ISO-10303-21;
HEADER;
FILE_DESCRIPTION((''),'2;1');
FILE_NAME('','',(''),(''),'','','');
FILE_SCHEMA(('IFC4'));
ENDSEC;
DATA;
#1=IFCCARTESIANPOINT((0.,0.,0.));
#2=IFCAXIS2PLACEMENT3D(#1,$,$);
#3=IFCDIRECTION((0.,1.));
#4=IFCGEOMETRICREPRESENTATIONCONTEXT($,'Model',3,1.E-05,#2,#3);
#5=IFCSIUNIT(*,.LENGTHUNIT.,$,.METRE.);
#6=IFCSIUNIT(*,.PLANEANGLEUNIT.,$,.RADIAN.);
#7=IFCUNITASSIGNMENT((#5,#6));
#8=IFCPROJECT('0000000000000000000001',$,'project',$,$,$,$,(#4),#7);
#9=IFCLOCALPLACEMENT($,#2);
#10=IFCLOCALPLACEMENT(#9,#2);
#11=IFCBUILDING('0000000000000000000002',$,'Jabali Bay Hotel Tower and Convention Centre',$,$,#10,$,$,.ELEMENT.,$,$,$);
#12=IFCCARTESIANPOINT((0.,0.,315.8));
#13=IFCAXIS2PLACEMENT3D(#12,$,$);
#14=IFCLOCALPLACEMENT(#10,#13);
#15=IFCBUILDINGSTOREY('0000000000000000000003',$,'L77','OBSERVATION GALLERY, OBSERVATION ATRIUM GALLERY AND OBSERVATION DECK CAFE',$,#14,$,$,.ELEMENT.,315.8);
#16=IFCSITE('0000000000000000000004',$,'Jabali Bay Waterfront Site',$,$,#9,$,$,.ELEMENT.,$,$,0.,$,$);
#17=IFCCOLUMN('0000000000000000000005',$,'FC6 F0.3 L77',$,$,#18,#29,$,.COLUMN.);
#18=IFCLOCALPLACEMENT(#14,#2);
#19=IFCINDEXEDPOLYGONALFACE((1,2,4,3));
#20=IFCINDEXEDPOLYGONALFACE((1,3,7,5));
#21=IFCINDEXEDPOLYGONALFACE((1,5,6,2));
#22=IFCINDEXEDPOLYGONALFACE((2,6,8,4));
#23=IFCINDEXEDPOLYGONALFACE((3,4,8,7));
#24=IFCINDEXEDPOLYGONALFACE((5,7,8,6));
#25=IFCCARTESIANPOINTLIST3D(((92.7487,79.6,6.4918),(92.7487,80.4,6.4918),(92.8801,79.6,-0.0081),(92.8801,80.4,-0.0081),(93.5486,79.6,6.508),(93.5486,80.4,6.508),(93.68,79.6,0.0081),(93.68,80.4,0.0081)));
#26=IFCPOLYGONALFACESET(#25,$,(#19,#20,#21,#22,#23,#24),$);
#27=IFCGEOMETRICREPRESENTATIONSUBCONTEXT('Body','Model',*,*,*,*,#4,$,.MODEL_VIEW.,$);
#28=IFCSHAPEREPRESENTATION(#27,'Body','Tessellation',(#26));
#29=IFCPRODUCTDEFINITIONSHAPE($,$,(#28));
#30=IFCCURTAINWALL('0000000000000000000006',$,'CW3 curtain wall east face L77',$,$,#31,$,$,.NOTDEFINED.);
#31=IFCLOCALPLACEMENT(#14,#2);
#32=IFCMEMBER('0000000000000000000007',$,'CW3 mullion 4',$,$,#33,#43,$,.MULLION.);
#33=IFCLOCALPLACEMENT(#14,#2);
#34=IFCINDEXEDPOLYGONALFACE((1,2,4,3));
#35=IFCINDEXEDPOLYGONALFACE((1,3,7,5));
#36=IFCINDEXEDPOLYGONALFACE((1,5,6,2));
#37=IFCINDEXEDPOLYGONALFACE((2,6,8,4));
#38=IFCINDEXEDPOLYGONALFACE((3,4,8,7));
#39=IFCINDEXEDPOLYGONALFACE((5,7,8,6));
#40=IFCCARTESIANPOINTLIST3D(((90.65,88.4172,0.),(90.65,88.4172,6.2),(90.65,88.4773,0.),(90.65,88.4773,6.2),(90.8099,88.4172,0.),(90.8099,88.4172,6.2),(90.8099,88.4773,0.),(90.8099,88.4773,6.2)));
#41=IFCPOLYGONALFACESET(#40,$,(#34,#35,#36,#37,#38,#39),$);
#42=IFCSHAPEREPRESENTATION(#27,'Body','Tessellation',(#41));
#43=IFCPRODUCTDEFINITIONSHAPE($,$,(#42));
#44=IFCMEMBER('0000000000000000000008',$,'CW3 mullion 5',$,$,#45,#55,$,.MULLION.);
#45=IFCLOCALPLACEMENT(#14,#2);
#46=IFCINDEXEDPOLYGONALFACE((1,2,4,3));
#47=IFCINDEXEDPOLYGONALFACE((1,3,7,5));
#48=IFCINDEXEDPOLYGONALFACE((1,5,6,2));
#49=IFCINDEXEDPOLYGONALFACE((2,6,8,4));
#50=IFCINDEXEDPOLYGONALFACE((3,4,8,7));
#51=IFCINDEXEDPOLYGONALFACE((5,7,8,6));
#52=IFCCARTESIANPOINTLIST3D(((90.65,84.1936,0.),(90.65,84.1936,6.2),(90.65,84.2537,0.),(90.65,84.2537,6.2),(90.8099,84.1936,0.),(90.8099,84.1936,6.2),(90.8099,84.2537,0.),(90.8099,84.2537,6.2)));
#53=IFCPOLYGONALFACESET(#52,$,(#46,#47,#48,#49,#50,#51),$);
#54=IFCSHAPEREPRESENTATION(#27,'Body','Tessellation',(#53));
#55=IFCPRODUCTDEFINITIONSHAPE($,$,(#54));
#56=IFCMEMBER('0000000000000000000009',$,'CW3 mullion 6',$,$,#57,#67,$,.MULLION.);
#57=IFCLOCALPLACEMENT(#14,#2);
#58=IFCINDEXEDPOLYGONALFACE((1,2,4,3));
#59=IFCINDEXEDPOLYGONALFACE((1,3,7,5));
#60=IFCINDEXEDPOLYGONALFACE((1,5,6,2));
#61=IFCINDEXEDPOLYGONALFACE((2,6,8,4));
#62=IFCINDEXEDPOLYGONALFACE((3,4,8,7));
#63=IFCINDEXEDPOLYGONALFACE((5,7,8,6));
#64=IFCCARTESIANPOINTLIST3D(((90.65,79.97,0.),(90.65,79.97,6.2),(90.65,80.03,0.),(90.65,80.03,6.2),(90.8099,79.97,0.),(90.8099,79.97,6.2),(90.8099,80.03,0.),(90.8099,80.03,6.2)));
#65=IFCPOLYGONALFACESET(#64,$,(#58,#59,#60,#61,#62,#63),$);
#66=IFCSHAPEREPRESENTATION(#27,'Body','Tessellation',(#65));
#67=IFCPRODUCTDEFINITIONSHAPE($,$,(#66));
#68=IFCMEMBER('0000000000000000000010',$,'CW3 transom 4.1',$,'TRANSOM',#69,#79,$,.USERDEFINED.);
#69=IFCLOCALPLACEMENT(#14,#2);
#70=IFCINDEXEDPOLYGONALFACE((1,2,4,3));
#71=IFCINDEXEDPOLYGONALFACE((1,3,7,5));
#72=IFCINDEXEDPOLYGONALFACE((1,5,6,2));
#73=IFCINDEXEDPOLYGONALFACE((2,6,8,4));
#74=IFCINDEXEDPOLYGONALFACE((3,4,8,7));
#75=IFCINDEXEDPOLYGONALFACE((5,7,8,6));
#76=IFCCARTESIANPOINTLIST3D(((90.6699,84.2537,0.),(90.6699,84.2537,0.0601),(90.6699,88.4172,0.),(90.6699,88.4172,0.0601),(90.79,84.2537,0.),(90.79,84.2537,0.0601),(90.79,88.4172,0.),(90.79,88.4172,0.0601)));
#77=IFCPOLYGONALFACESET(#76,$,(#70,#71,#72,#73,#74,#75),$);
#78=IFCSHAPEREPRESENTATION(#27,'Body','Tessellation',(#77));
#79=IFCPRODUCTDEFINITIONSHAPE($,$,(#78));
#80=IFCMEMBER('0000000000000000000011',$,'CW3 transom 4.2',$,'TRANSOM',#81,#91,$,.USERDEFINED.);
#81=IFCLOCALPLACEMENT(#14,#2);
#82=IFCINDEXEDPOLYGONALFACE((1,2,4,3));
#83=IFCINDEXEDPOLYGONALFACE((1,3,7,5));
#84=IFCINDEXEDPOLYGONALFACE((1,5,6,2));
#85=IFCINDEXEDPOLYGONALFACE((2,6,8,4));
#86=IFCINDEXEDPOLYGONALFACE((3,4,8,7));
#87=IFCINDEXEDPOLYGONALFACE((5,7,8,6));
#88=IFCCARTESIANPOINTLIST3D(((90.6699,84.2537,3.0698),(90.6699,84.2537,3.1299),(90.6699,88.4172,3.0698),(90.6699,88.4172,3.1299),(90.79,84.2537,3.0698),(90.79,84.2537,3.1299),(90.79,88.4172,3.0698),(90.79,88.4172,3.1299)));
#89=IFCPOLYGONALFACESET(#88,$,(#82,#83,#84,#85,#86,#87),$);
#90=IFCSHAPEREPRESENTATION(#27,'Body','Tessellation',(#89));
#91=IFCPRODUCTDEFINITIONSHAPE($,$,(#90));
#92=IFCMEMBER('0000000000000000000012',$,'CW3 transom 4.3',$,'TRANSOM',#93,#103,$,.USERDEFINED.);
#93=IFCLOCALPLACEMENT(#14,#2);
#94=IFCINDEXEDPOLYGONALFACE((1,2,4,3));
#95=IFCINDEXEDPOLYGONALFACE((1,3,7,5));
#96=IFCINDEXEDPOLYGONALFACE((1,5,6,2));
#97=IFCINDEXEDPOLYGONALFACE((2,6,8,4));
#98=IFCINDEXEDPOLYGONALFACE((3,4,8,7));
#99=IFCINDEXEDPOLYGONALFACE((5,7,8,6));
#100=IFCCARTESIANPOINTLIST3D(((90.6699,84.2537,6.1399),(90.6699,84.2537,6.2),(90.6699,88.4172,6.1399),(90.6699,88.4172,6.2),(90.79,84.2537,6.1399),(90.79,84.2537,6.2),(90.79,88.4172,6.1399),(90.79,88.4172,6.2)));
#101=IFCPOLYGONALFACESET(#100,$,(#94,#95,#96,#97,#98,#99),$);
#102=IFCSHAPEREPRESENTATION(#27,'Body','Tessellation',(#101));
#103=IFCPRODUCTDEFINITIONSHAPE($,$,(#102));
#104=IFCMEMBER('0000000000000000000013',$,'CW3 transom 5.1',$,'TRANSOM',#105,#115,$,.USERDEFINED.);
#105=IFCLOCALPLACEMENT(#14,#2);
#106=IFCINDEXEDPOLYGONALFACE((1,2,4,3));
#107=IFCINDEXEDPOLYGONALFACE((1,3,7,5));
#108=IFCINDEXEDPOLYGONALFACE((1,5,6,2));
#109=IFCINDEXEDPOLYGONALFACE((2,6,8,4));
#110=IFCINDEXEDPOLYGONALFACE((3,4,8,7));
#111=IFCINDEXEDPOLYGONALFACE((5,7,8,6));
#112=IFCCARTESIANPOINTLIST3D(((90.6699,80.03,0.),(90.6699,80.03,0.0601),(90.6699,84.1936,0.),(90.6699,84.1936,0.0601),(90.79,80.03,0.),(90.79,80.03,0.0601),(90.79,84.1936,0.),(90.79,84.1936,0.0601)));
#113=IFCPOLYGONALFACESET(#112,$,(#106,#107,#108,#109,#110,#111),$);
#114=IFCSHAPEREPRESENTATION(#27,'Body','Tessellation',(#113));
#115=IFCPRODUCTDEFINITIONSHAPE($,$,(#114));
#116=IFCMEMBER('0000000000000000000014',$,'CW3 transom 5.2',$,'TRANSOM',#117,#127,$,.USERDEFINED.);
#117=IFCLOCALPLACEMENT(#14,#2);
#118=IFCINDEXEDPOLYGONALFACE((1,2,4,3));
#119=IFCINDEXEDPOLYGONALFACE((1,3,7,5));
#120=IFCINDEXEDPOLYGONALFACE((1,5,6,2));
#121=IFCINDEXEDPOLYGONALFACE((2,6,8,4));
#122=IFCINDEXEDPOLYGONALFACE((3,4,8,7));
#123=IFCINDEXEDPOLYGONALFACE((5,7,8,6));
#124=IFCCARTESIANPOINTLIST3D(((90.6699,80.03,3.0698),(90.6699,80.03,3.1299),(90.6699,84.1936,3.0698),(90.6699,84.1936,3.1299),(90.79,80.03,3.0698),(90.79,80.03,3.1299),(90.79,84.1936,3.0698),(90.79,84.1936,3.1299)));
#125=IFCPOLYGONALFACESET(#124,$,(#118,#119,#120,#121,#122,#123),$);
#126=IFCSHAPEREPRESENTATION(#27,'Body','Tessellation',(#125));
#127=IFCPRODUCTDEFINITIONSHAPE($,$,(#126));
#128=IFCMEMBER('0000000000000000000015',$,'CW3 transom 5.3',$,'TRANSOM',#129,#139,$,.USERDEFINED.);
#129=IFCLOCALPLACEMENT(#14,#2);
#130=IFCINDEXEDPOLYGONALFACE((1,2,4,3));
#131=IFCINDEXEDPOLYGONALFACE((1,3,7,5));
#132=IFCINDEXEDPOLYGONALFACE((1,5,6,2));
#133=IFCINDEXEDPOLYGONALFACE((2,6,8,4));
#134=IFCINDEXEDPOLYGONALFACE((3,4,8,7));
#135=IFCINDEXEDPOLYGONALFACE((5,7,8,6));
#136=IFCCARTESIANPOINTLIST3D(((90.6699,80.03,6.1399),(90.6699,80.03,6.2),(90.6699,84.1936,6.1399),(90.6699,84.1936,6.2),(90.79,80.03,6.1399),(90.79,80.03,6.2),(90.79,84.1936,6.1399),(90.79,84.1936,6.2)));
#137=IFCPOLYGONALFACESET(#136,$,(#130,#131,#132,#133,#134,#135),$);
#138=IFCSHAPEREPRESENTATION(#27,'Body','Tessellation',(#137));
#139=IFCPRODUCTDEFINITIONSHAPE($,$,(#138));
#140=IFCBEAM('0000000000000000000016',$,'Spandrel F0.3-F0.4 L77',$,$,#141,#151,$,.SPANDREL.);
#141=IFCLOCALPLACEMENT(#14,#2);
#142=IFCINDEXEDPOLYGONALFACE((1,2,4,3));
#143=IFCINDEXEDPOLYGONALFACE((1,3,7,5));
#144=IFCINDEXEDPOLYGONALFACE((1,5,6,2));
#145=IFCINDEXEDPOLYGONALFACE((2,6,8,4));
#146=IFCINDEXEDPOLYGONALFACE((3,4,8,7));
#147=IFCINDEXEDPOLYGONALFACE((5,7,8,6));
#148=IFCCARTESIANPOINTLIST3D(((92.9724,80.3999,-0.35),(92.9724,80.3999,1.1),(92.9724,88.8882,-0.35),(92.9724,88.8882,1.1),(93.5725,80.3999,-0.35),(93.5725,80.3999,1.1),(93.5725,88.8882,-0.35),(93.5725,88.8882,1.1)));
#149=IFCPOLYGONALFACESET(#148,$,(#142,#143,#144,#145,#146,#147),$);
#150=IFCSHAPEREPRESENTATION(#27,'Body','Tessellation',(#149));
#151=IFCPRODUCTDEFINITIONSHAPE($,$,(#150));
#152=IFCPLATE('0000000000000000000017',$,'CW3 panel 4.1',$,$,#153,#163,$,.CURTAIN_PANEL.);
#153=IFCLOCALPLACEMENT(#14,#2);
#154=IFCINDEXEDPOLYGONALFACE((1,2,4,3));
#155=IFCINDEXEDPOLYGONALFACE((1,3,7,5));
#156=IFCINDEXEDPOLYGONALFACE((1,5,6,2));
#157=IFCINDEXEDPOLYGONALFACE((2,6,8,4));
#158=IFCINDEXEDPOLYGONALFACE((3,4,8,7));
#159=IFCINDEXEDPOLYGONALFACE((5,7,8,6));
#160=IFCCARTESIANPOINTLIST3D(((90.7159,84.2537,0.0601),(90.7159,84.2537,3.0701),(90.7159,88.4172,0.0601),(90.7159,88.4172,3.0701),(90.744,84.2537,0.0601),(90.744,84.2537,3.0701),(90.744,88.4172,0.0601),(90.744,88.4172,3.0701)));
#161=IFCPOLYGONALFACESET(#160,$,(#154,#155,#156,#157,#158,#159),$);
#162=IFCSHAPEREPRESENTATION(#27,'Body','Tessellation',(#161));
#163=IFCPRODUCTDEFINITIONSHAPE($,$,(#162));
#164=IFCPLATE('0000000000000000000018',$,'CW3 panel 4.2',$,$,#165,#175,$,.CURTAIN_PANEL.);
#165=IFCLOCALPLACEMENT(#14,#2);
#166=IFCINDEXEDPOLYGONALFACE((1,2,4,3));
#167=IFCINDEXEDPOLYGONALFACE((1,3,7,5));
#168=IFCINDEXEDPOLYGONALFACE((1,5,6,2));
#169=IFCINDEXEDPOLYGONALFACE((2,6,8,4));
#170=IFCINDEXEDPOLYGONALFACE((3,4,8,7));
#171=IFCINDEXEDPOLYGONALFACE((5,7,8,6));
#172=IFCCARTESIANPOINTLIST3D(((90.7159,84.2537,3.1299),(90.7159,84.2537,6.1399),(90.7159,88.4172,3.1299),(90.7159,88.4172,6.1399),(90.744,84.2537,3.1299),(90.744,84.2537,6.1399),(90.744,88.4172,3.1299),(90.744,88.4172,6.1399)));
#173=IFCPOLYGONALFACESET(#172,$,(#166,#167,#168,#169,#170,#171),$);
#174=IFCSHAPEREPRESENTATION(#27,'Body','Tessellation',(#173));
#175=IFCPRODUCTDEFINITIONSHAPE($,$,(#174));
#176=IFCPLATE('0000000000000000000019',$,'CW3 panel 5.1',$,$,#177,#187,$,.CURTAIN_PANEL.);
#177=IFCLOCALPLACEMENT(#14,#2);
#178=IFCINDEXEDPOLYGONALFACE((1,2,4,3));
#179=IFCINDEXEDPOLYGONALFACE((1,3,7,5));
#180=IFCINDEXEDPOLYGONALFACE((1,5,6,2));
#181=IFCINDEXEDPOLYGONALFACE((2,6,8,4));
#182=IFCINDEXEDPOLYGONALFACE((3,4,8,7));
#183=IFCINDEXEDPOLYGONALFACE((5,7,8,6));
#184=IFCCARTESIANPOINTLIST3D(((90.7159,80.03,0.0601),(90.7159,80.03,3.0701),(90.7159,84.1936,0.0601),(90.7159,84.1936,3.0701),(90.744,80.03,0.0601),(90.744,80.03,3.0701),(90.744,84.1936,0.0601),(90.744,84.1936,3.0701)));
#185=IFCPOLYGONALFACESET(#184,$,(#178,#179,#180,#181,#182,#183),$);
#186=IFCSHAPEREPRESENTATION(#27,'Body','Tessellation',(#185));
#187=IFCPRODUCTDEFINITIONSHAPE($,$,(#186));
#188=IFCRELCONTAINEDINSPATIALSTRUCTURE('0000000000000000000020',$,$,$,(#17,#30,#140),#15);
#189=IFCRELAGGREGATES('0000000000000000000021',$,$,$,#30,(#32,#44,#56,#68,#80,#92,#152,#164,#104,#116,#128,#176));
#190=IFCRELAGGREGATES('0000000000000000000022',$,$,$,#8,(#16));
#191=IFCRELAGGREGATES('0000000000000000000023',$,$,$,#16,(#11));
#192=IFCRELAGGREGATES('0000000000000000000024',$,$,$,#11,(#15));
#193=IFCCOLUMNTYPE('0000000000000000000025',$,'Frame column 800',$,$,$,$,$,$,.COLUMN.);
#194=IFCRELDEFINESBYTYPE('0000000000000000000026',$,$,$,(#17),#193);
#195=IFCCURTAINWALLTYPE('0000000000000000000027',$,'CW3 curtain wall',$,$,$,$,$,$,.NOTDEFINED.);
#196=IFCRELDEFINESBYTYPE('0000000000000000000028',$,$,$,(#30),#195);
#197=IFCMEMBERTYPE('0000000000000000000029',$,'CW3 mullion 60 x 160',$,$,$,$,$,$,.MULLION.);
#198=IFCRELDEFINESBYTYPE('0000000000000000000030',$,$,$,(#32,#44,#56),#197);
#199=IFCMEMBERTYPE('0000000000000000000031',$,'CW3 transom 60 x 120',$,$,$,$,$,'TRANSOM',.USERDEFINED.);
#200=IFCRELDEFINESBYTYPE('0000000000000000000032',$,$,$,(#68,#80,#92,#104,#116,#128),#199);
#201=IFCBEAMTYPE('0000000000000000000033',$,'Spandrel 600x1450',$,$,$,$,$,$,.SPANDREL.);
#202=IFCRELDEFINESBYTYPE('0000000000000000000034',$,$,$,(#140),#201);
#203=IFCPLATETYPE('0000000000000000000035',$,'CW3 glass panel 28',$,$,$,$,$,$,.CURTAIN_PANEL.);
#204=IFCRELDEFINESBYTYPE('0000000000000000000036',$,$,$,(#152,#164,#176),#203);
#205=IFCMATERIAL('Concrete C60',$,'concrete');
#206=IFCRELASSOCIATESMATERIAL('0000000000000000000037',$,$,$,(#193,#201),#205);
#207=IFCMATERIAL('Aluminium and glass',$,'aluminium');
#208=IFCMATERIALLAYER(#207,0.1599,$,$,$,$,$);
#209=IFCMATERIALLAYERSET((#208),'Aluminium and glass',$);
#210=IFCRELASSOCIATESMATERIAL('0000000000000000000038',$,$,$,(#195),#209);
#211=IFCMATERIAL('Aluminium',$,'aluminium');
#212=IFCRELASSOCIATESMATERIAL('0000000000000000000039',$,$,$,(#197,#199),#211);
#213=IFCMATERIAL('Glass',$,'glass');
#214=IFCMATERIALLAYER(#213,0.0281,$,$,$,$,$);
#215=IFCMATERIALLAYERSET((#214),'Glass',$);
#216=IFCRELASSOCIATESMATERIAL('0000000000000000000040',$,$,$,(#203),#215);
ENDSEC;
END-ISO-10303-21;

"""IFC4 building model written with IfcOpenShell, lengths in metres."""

from ifc_helpers import new_model, si_unit, direction, frame, origin, origin_2d, place, context, subcontext, project, spatial, rectangle, extrude, material, layer, layer_set, material_profile, profile_set, type_object, element, aggregate, save


model = new_model("IFC4")

# Units and contexts
model_context = context("Model", 3, precision=1e-05, world=origin(), true_north=direction((0.0, 1.0)))
body_context = subcontext(model_context, "Body", "Model", "MODEL_VIEW")
ifc_project = project(units=[si_unit("LENGTHUNIT", "METRE"), si_unit("PLANEANGLEUNIT", "RADIAN")], contexts=[model_context])

# Site, building, storey
site_placement = place(None, origin())
site = spatial("IfcSite", under=ifc_project, at=site_placement, Name="Jabali Bay Waterfront Site", CompositionType="ELEMENT", RefElevation=0.0)
building_placement = place(site_placement, origin())
building = spatial("IfcBuilding", under=site, at=building_placement, Name="Jabali Bay Hotel Tower and Convention Centre", CompositionType="ELEMENT")
storey_placement = place(building_placement, frame((0.0, 0.0, 315.8)))
storey = spatial("IfcBuildingStorey", under=building, at=storey_placement, Name="L77", Description="OBSERVATION GALLERY, OBSERVATION ATRIUM GALLERY AND OBSERVATION DECK CAFE", CompositionType="ELEMENT", Elevation=315.8)

# Column
ifc_material_1 = material(Name="Concrete C60", Category="concrete")
ifc_material_profile_1 = material_profile(ifc_material_1, rectangle(XDim=0.8, YDim=0.8, at=origin_2d()), Name="Frame column 800")
ifc_profile_set_1 = profile_set([ifc_material_profile_1], Name="Concrete C60")
column_type = type_object("IfcColumnType", Name="Frame column 800", PredefinedType="COLUMN", material=ifc_profile_set_1)
column_placement = place(storey_placement, frame((93.28, 80.0, 0.0), z_axis=(-0.020203, 0.0, 0.999796), x_axis=(0.0, -1.0, 0.0)))
element("IfcColumn", 1, at=column_placement, inside=storey, type_object=column_type, Name="FC6 F0.3 L77", PredefinedType="COLUMN", context=body_context, shape_type="SweptSolid", body=[
    extrude(rectangle(XDim=0.8, YDim=0.8, at=origin_2d()), origin(), (0.0, 0.0, 1.0), 6.5012),
])

# Curtain wall, members
ifc_material_2 = material(Name="Aluminium and glass", Category="aluminium")
ifc_layer_1 = layer(ifc_material_2, 0.1599)
ifc_layer_set_1 = layer_set([ifc_layer_1], Name="Aluminium and glass")
curtain_wall_type = type_object("IfcCurtainWallType", Name="CW3 curtain wall", PredefinedType="NOTDEFINED", material=ifc_layer_set_1)
curtain_wall_placement = place(storey_placement, origin())
curtain_wall = element("IfcCurtainWall", 2, at=curtain_wall_placement, inside=storey, type_object=curtain_wall_type, Name="CW3 curtain wall east face L77", PredefinedType="NOTDEFINED")
ifc_material_3 = material(Name="Aluminium", Category="aluminium")
ifc_material_profile_2 = material_profile(ifc_material_3, rectangle(XDim=0.1599, YDim=0.0601, at=origin_2d()), Name="CW3 mullion 60 x 160")
ifc_profile_set_2 = profile_set([ifc_material_profile_2], Name="Aluminium")
member_type_1 = type_object("IfcMemberType", Name="CW3 mullion 60 x 160", PredefinedType="MULLION", material=ifc_profile_set_2)
member_1_placement = place(storey_placement, frame((90.73, 88.4473, 0.0), z_axis=(0.0, 0.0, 1.0), x_axis=(1.0, 0.0, 0.0)))
member_1 = element("IfcMember", 3, at=member_1_placement, type_object=member_type_1, Name="CW3 mullion 4", PredefinedType="MULLION", context=body_context, shape_type="SweptSolid", body=[
    extrude(rectangle(XDim=0.1599, YDim=0.0601, at=origin_2d()), origin(), (0.0, 0.0, 1.0), 6.2),
])
member_2_placement = place(storey_placement, frame((90.73, 84.2236, 0.0), z_axis=(0.0, 0.0, 1.0), x_axis=(1.0, 0.0, 0.0)))
member_2 = element("IfcMember", 4, at=member_2_placement, type_object=member_type_1, Name="CW3 mullion 5", PredefinedType="MULLION", context=body_context, shape_type="SweptSolid", body=[
    extrude(rectangle(XDim=0.1599, YDim=0.0601, at=origin_2d()), origin(), (0.0, 0.0, 1.0), 6.2),
])
member_3_placement = place(storey_placement, frame((90.73, 80.0, 0.0), z_axis=(0.0, 0.0, 1.0), x_axis=(1.0, 0.0, 0.0)))
member_3 = element("IfcMember", 5, at=member_3_placement, type_object=member_type_1, Name="CW3 mullion 6", PredefinedType="MULLION", context=body_context, shape_type="SweptSolid", body=[
    extrude(rectangle(XDim=0.1599, YDim=0.0601, at=origin_2d()), origin(), (0.0, 0.0, 1.0), 6.2),
])
ifc_material_profile_3 = material_profile(ifc_material_3, rectangle(XDim=0.1201, YDim=0.0601, at=origin_2d()), Name="CW3 transom 60 x 120")
ifc_profile_set_3 = profile_set([ifc_material_profile_3], Name="Aluminium")
member_type_2 = type_object("IfcMemberType", Name="CW3 transom 60 x 120", ElementType="TRANSOM", PredefinedType="USERDEFINED", material=ifc_profile_set_3)
member_4_placement = place(storey_placement, frame((90.73, 88.4172, 0.03), z_axis=(0.0, -1.0, 0.0), x_axis=(1.0, 0.0, 0.0)))
member_4 = element("IfcMember", 6, at=member_4_placement, type_object=member_type_2, Name="CW3 transom 4.1", ObjectType="TRANSOM", PredefinedType="USERDEFINED", context=body_context, shape_type="SweptSolid", body=[
    extrude(rectangle(XDim=0.1201, YDim=0.0601, at=origin_2d()), origin(), (0.0, 0.0, 1.0), 4.1636),
])
member_5_placement = place(storey_placement, frame((90.73, 88.4172, 3.0999), z_axis=(0.0, -1.0, 0.0), x_axis=(1.0, 0.0, 0.0)))
member_5 = element("IfcMember", 7, at=member_5_placement, type_object=member_type_2, Name="CW3 transom 4.2", ObjectType="TRANSOM", PredefinedType="USERDEFINED", context=body_context, shape_type="SweptSolid", body=[
    extrude(rectangle(XDim=0.1201, YDim=0.0601, at=origin_2d()), origin(), (0.0, 0.0, 1.0), 4.1636),
])
member_6_placement = place(storey_placement, frame((90.73, 88.4172, 6.1699), z_axis=(0.0, -1.0, 0.0), x_axis=(1.0, 0.0, 0.0)))
member_6 = element("IfcMember", 8, at=member_6_placement, type_object=member_type_2, Name="CW3 transom 4.3", ObjectType="TRANSOM", PredefinedType="USERDEFINED", context=body_context, shape_type="SweptSolid", body=[
    extrude(rectangle(XDim=0.1201, YDim=0.0601, at=origin_2d()), origin(), (0.0, 0.0, 1.0), 4.1636),
])
member_7_placement = place(storey_placement, frame((90.73, 84.1936, 0.03), z_axis=(0.0, -1.0, 0.0), x_axis=(1.0, 0.0, 0.0)))
member_7 = element("IfcMember", 9, at=member_7_placement, type_object=member_type_2, Name="CW3 transom 5.1", ObjectType="TRANSOM", PredefinedType="USERDEFINED", context=body_context, shape_type="SweptSolid", body=[
    extrude(rectangle(XDim=0.1201, YDim=0.0601, at=origin_2d()), origin(), (0.0, 0.0, 1.0), 4.1636),
])
member_8_placement = place(storey_placement, frame((90.73, 84.1936, 3.0999), z_axis=(0.0, -1.0, 0.0), x_axis=(1.0, 0.0, 0.0)))
member_8 = element("IfcMember", 10, at=member_8_placement, type_object=member_type_2, Name="CW3 transom 5.2", ObjectType="TRANSOM", PredefinedType="USERDEFINED", context=body_context, shape_type="SweptSolid", body=[
    extrude(rectangle(XDim=0.1201, YDim=0.0601, at=origin_2d()), origin(), (0.0, 0.0, 1.0), 4.1636),
])
member_9_placement = place(storey_placement, frame((90.73, 84.1936, 6.1699), z_axis=(0.0, -1.0, 0.0), x_axis=(1.0, 0.0, 0.0)))
member_9 = element("IfcMember", 11, at=member_9_placement, type_object=member_type_2, Name="CW3 transom 5.3", ObjectType="TRANSOM", PredefinedType="USERDEFINED", context=body_context, shape_type="SweptSolid", body=[
    extrude(rectangle(XDim=0.1201, YDim=0.0601, at=origin_2d()), origin(), (0.0, 0.0, 1.0), 4.1636),
])

# Beam
ifc_material_profile_4 = material_profile(ifc_material_1, rectangle(XDim=0.6001, YDim=1.45, at=origin_2d()), Name="Spandrel 600x1450")
ifc_profile_set_4 = profile_set([ifc_material_profile_4], Name="Concrete C60")
beam_type = type_object("IfcBeamType", Name="Spandrel 600x1450", PredefinedType="SPANDREL", material=ifc_profile_set_4)
beam_placement = place(storey_placement, frame((93.2725, 80.3999, 0.375), z_axis=(0.0, 1.0, 0.0), x_axis=(-1.0, 0.0, 0.0)))
element("IfcBeam", 12, at=beam_placement, inside=storey, type_object=beam_type, Name="Spandrel F0.3-F0.4 L77", PredefinedType="SPANDREL", context=body_context, shape_type="SweptSolid", body=[
    extrude(rectangle(XDim=0.6001, YDim=1.45, at=origin_2d()), origin(), (0.0, 0.0, 1.0), 8.4883),
])

# Plates
ifc_material_4 = material(Name="Glass", Category="glass")
ifc_layer_2 = layer(ifc_material_4, 0.0281)
ifc_layer_set_2 = layer_set([ifc_layer_2], Name="Glass")
plate_type = type_object("IfcPlateType", Name="CW3 glass panel 28", PredefinedType="CURTAIN_PANEL", material=ifc_layer_set_2)
plate_1_placement = place(storey_placement, frame((90.73, 86.3354, 0.0601), z_axis=(0.0, 0.0, 1.0), x_axis=(0.0, -1.0, 0.0)))
plate_1 = element("IfcPlate", 13, at=plate_1_placement, type_object=plate_type, Name="CW3 panel 4.1", PredefinedType="CURTAIN_PANEL", context=body_context, shape_type="SweptSolid", body=[
    extrude(rectangle(XDim=4.1636, YDim=0.0281, at=origin_2d()), origin(), (0.0, 0.0, 1.0), 3.01),
])
plate_2_placement = place(storey_placement, frame((90.73, 86.3354, 3.1299), z_axis=(0.0, 0.0, 1.0), x_axis=(0.0, -1.0, 0.0)))
plate_2 = element("IfcPlate", 14, at=plate_2_placement, type_object=plate_type, Name="CW3 panel 4.2", PredefinedType="CURTAIN_PANEL", context=body_context, shape_type="SweptSolid", body=[
    extrude(rectangle(XDim=4.1636, YDim=0.0281, at=origin_2d()), origin(), (0.0, 0.0, 1.0), 3.01),
])
plate_3_placement = place(storey_placement, frame((90.73, 82.1118, 0.0601), z_axis=(0.0, 0.0, 1.0), x_axis=(0.0, -1.0, 0.0)))
plate_3 = element("IfcPlate", 15, at=plate_3_placement, type_object=plate_type, Name="CW3 panel 5.1", PredefinedType="CURTAIN_PANEL", context=body_context, shape_type="SweptSolid", body=[
    extrude(rectangle(XDim=4.1636, YDim=0.0281, at=origin_2d()), origin(), (0.0, 0.0, 1.0), 3.01),
])
aggregate(curtain_wall, [member_1, member_2, member_3, member_4, member_5, member_6, plate_1, plate_2, member_7, member_8, member_9, plate_3])

save(model, "model.ifc")
